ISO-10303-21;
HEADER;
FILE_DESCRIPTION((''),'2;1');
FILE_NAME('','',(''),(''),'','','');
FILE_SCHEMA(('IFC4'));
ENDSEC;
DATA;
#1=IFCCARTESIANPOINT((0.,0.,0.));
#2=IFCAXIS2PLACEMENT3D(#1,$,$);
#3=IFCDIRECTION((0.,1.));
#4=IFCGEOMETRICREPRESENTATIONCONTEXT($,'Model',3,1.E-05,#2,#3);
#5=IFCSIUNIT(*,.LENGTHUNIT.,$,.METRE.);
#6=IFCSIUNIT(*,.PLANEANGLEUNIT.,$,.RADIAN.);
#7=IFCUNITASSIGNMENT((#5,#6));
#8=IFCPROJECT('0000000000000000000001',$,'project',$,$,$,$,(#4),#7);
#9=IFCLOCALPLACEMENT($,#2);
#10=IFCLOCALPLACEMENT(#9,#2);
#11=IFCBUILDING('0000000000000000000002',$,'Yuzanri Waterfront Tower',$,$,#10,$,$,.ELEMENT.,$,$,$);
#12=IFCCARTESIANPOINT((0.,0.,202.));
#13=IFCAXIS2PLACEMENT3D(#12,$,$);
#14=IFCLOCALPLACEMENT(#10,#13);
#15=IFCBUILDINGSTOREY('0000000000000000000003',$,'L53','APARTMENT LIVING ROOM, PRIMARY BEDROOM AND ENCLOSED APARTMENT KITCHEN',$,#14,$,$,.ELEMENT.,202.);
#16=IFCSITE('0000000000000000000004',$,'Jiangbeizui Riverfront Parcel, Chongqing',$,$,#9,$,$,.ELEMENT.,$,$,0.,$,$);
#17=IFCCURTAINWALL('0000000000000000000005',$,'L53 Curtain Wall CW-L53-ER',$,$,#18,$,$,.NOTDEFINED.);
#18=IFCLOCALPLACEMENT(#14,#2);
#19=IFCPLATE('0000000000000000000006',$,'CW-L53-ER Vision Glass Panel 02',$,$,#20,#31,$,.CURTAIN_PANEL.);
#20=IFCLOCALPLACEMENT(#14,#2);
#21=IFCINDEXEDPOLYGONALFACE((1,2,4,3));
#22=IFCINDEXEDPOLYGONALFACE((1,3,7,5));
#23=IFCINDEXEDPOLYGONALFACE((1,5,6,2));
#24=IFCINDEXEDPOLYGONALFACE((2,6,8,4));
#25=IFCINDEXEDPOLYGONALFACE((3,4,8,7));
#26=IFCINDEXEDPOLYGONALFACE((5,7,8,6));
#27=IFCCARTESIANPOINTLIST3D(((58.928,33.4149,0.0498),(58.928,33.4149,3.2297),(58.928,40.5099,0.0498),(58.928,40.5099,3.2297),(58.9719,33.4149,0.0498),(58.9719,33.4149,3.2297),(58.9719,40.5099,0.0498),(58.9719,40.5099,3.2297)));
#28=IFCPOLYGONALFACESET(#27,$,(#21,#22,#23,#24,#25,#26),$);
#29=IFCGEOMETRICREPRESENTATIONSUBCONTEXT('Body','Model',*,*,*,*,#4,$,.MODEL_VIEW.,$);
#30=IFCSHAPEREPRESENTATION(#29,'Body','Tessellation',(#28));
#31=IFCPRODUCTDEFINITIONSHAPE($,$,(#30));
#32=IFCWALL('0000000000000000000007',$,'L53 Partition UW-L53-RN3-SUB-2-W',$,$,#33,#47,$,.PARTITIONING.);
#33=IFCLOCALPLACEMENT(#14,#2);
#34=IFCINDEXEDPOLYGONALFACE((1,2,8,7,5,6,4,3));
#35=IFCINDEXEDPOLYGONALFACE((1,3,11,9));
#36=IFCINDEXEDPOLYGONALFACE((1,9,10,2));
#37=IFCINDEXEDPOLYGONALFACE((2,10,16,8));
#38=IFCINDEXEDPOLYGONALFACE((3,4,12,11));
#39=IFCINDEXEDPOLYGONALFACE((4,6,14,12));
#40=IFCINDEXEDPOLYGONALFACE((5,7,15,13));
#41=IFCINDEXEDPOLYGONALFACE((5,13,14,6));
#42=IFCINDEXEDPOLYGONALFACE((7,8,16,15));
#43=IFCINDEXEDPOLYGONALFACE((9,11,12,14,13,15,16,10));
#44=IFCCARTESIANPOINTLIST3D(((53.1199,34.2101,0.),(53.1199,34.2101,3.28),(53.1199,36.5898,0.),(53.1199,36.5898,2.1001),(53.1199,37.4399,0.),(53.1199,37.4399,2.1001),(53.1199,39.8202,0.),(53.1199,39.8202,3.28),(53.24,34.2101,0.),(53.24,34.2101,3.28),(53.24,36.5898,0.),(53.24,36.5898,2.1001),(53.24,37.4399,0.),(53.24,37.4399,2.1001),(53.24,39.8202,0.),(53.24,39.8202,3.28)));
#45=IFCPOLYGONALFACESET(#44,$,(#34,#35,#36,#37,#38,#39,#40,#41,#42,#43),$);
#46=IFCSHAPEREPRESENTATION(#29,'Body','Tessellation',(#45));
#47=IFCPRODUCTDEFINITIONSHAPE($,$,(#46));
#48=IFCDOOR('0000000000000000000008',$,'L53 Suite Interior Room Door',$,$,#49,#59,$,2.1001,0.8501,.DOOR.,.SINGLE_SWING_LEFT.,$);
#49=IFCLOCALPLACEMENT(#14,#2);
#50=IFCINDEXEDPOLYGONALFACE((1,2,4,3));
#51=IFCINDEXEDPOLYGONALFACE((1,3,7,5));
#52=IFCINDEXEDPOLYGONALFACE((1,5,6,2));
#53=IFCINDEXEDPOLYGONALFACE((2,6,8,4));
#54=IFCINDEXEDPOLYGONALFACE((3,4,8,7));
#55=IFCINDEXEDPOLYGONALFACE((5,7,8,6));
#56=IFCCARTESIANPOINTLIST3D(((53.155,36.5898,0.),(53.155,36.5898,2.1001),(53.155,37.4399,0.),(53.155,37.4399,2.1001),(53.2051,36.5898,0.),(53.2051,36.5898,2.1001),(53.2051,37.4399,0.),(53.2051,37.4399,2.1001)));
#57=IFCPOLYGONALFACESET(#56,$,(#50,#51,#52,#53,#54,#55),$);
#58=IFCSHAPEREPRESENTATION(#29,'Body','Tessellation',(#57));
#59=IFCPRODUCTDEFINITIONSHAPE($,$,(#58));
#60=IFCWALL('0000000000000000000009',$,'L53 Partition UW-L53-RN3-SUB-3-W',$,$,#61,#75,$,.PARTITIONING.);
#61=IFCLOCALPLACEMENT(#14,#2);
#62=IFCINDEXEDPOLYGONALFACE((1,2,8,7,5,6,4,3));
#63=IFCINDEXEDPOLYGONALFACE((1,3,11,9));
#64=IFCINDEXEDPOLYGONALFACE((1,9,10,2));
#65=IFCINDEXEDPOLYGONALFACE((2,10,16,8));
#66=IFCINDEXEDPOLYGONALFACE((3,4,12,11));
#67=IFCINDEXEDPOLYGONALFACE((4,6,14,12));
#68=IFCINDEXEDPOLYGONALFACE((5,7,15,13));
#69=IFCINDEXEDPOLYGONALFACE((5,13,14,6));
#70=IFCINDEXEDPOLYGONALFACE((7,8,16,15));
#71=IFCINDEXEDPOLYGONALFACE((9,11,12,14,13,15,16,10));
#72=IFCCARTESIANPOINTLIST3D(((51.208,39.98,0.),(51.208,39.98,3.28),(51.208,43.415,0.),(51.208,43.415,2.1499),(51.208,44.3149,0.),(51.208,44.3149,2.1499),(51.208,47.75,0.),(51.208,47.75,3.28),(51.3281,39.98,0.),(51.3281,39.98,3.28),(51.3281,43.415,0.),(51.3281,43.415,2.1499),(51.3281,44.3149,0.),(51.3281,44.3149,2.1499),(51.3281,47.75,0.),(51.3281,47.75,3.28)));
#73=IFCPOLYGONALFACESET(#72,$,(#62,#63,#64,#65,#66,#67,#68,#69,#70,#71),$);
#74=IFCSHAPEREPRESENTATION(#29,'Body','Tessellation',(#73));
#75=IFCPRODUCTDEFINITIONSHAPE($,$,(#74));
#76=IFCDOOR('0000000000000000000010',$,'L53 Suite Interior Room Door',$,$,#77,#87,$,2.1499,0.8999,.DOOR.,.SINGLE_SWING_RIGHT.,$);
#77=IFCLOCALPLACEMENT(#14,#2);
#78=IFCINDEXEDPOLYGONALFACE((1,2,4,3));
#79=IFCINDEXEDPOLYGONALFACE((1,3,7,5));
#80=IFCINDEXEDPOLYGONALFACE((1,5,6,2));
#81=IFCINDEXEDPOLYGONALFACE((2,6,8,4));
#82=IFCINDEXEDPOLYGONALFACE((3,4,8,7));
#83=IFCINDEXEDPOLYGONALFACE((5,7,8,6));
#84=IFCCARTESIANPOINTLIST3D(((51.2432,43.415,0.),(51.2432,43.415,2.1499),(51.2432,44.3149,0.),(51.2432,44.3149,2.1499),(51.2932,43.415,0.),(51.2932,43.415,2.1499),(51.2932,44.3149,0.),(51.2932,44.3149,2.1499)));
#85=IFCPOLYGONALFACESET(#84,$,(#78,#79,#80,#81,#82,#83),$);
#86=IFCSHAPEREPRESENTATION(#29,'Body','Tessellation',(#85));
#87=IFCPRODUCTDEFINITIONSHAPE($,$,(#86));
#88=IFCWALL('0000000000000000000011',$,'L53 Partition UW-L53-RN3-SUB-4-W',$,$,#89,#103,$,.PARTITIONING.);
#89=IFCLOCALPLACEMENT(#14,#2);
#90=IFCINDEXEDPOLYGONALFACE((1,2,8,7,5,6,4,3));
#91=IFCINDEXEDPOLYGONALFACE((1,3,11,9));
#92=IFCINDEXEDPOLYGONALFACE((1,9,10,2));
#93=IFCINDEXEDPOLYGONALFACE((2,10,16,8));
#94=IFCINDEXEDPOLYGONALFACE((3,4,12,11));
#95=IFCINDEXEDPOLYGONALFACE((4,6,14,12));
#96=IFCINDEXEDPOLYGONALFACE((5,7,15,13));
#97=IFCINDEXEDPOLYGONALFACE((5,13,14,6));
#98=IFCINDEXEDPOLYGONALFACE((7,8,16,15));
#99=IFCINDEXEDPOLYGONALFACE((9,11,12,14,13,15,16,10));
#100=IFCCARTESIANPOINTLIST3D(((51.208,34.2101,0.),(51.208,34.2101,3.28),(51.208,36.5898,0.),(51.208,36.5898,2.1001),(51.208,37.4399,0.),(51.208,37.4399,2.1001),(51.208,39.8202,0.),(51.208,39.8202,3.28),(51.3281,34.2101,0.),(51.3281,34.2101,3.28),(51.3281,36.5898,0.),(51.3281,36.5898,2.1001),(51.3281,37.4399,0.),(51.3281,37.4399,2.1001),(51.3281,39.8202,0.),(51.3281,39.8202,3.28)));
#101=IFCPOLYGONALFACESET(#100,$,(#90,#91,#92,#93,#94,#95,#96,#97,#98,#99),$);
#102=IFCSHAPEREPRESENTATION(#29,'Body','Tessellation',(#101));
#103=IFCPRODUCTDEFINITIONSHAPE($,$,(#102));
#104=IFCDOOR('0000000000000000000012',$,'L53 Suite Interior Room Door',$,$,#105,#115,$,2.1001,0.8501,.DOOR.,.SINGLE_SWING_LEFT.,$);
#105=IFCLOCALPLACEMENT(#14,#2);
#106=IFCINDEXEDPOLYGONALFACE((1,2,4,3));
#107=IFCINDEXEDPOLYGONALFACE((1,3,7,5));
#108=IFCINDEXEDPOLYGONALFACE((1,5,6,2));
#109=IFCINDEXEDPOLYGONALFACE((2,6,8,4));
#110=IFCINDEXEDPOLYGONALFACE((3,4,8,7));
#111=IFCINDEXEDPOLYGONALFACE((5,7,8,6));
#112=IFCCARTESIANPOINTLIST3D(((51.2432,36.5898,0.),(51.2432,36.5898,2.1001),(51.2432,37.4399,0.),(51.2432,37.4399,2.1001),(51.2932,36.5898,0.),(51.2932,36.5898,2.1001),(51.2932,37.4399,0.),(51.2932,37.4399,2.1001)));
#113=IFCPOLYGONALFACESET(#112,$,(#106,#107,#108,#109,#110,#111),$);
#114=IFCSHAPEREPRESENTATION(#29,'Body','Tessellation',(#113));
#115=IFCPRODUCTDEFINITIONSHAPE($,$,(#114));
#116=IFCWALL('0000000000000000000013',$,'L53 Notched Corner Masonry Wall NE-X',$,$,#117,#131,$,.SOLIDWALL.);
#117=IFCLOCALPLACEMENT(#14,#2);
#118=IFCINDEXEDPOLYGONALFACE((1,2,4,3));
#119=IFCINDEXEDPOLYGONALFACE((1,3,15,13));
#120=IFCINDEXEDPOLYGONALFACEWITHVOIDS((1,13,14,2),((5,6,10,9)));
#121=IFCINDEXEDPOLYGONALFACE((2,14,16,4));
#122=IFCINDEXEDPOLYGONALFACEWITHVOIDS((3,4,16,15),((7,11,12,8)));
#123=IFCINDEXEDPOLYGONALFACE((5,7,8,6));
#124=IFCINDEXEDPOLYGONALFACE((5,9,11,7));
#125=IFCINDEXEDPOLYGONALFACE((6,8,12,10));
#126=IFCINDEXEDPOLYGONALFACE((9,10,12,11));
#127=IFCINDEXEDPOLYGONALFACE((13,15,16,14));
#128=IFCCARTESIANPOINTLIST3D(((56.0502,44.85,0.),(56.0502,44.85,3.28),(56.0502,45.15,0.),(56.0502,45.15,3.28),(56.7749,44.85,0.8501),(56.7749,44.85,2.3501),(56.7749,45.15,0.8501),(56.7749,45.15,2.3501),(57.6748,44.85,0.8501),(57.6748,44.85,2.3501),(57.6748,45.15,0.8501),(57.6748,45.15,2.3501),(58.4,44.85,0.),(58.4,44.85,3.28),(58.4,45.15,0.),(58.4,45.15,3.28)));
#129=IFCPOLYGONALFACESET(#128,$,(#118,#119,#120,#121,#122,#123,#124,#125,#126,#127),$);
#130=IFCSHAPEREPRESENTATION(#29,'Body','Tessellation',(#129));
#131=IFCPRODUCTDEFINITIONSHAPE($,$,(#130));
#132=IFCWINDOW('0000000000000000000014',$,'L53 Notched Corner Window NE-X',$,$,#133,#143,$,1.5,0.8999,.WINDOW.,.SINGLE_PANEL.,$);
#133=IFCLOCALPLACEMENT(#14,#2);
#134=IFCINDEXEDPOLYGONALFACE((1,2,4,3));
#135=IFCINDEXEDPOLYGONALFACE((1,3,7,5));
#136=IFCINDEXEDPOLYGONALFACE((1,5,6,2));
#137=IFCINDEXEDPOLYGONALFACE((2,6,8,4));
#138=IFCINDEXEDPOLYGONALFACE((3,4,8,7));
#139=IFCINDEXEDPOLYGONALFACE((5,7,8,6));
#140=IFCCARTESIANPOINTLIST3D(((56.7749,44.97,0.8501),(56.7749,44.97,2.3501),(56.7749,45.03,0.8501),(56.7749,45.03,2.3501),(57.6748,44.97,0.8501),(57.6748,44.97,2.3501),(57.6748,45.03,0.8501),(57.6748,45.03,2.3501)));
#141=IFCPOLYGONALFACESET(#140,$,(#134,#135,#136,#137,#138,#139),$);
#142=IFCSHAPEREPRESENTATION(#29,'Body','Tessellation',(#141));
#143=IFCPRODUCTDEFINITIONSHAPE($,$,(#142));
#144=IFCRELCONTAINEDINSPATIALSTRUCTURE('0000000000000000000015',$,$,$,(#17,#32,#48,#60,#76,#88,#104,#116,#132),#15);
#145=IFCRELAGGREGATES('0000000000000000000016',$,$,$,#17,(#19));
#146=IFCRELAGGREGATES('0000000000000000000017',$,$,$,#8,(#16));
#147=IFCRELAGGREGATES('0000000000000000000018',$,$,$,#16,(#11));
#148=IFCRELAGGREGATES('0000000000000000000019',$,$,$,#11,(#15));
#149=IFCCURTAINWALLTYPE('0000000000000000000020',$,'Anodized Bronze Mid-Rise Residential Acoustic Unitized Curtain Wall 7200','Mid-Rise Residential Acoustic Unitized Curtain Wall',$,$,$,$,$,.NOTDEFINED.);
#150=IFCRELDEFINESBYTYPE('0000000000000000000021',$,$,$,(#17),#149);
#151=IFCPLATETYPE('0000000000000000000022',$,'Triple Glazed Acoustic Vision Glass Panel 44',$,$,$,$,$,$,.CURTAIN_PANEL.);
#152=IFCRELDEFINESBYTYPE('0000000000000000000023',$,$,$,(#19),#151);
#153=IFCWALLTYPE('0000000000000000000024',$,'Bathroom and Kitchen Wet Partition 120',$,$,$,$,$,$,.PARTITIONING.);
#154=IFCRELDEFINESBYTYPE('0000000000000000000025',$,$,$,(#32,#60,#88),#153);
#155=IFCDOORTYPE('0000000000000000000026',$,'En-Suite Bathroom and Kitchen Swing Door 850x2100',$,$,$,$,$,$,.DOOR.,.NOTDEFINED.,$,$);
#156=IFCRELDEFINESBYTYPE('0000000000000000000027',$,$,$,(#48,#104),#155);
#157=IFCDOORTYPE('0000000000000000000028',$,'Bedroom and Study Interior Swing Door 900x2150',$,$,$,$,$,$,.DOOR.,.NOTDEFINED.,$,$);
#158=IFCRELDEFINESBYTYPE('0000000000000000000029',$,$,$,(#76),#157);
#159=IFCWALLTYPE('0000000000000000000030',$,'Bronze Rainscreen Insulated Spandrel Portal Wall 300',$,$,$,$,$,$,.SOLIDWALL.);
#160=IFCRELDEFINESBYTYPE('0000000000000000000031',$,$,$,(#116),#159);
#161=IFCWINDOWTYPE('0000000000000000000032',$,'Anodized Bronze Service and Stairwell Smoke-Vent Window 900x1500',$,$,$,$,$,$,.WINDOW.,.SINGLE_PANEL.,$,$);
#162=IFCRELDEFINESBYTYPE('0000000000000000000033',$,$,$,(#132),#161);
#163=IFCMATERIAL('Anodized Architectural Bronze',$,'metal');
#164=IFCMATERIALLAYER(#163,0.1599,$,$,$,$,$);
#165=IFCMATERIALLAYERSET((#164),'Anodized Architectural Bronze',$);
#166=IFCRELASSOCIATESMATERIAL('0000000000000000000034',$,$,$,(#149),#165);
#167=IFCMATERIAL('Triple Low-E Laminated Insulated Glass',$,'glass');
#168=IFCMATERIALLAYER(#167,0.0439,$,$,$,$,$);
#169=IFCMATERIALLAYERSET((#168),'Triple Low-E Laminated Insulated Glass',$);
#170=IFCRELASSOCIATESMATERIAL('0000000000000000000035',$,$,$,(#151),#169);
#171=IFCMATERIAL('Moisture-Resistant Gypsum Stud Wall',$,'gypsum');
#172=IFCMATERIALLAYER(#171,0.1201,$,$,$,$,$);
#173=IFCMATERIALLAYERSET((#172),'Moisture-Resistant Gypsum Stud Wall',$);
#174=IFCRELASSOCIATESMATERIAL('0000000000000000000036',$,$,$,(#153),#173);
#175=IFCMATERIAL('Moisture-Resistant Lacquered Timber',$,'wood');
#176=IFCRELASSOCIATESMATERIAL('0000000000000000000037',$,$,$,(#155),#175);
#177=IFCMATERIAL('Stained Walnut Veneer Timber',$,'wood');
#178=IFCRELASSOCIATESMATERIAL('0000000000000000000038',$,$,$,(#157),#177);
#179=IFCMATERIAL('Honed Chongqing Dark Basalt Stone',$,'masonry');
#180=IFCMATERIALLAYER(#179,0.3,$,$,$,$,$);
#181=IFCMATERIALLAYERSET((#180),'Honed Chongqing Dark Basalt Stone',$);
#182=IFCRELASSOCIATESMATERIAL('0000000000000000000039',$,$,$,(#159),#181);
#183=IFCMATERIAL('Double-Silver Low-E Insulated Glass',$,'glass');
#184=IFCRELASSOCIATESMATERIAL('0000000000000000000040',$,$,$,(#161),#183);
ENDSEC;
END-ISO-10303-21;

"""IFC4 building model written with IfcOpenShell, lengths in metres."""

from ifc_helpers import new_model, si_unit, direction, frame, frame_2d, origin, origin_2d, place, context, subcontext, project, spatial, rectangle, extrude, source, transform, mapped, material, layer, layer_set, type_object, element, fill, aggregate, save


model = new_model("IFC4")

# Units and contexts
model_context = context("Model", 3, precision=1e-05, world=origin(), true_north=direction((0.0, 1.0)))
body_context = subcontext(model_context, "Body", "Model", "MODEL_VIEW")
ifc_project = project(units=[si_unit("LENGTHUNIT", "METRE"), si_unit("PLANEANGLEUNIT", "RADIAN")], contexts=[model_context])

# Site, building, storey
site_placement = place(None, origin())
site = spatial("IfcSite", under=ifc_project, at=site_placement, Name="Jiangbeizui Riverfront Parcel, Chongqing", CompositionType="ELEMENT", RefElevation=0.0)
building_placement = place(site_placement, origin())
building = spatial("IfcBuilding", under=site, at=building_placement, Name="Yuzanri Waterfront Tower", CompositionType="ELEMENT")
storey_placement = place(building_placement, frame((0.0, 0.0, 202.0)))
storey = spatial("IfcBuildingStorey", under=building, at=storey_placement, Name="L53", Description="APARTMENT LIVING ROOM, PRIMARY BEDROOM AND ENCLOSED APARTMENT KITCHEN", CompositionType="ELEMENT", Elevation=202.0)

# Curtain wall
ifc_material_1 = material(Name="Anodized Architectural Bronze", Category="metal")
ifc_layer_1 = layer(ifc_material_1, 0.1599)
ifc_layer_set_1 = layer_set([ifc_layer_1], Name="Anodized Architectural Bronze")
curtain_wall_type = type_object("IfcCurtainWallType", Name="Anodized Bronze Mid-Rise Residential Acoustic Unitized Curtain Wall 7200", Description="Mid-Rise Residential Acoustic Unitized Curtain Wall", PredefinedType="NOTDEFINED", material=ifc_layer_set_1)
curtain_wall_1_placement = place(storey_placement, origin())
curtain_wall_1 = element("IfcCurtainWall", 1, at=curtain_wall_1_placement, inside=storey, type_object=curtain_wall_type, Name="L53 Curtain Wall CW-L53-ER", PredefinedType="NOTDEFINED")

# Plate
ifc_material_2 = material(Name="Triple Low-E Laminated Insulated Glass", Category="glass")
ifc_layer_2 = layer(ifc_material_2, 0.0439)
ifc_layer_set_2 = layer_set([ifc_layer_2], Name="Triple Low-E Laminated Insulated Glass")
plate_type_1 = type_object("IfcPlateType", Name="Triple Glazed Acoustic Vision Glass Panel 44", PredefinedType="CURTAIN_PANEL", material=ifc_layer_set_2)
shared_shape_1 = source(origin(), body_context, "Body", "SweptSolid", [
    extrude(rectangle(XDim=7.095, YDim=0.0439, at=origin_2d()), origin(), (0.0, 0.0, 1.0), 3.1799),
])
plate_placement = place(storey_placement, frame((58.95, 36.9624, 0.0498), z_axis=(0.0, 0.0, 1.0), x_axis=(0.0, 1.0, 0.0)))
plate = element("IfcPlate", 2, at=plate_placement, type_object=plate_type_1, Name="CW-L53-ER Vision Glass Panel 02", PredefinedType="CURTAIN_PANEL", context=body_context, shape_type="MappedRepresentation", body=[
    mapped(shared_shape_1, transform((0.0, 0.0, 0.0), scale=1.0)),
])
aggregate(curtain_wall_1, [plate])

# Walls, openings, doors
ifc_material_3 = material(Name="Moisture-Resistant Gypsum Stud Wall", Category="gypsum")
ifc_layer_3 = layer(ifc_material_3, 0.1201)
ifc_layer_set_3 = layer_set([ifc_layer_3], Name="Moisture-Resistant Gypsum Stud Wall")
wall_type_1 = type_object("IfcWallType", Name="Bathroom and Kitchen Wet Partition 120", PredefinedType="PARTITIONING", material=ifc_layer_set_3)
wall_1_placement = place(storey_placement, frame((53.1799, 34.21, 0.0), z_axis=(0.0, 0.0, 1.0), x_axis=(0.0, 1.0, 0.0)))
wall_1 = element("IfcWall", 3, at=wall_1_placement, inside=storey, type_object=wall_type_1, Name="L53 Partition UW-L53-RN3-SUB-2-W", PredefinedType="PARTITIONING", context=body_context, shape_type="SweptSolid", body=[
    extrude(rectangle(XDim=5.6101, YDim=0.1201, at=frame_2d((2.8052, 0.0))), origin(), (0.0, 0.0, 1.0), 3.28),
])
opening_1_placement = place(wall_1_placement, frame((2.3799, 0.0, 0.0)))
opening_1 = element("IfcOpeningElement", 4, at=opening_1_placement, cuts=wall_1, PredefinedType="OPENING", context=body_context, shape_type="SweptSolid", body=[
    extrude(rectangle(XDim=0.8501, YDim=2.1001, at=frame_2d((0.425, 1.05))), frame((0.0, 0.075, 0.0), z_axis=(0.0, -1.0, 0.0), x_axis=(1.0, 0.0, 0.0)), (0.0, 0.0, 1.0), 0.1499),
])
ifc_material_4 = material(Name="Moisture-Resistant Lacquered Timber", Category="wood")
door_type_1 = type_object("IfcDoorType", Name="En-Suite Bathroom and Kitchen Swing Door 850x2100", OperationType="NOTDEFINED", PredefinedType="DOOR", material=ifc_material_4)
shared_shape_2 = source(origin(), body_context, "Body", "SweptSolid", [
    extrude(rectangle(XDim=0.8501, YDim=2.1001, at=frame_2d((0.425, 1.05))), frame((0.0, 0.0249, 0.0), z_axis=(0.0, -1.0, 0.0), x_axis=(1.0, 0.0, 0.0)), (0.0, 0.0, 1.0), 0.05),
])
door_1_placement = place(opening_1_placement, origin())
door_1 = element("IfcDoor", 5, at=door_1_placement, inside=storey, type_object=door_type_1, Name="L53 Suite Interior Room Door", OperationType="SINGLE_SWING_LEFT", OverallHeight=2.1001, OverallWidth=0.8501, PredefinedType="DOOR", context=body_context, shape_type="MappedRepresentation", body=[
    mapped(shared_shape_2, transform((0.0, 0.0, 0.0), scale=1.0)),
])
fill(opening_1, door_1)
wall_2_placement = place(storey_placement, frame((51.2681, 39.98, 0.0), z_axis=(0.0, 0.0, 1.0), x_axis=(0.0, 1.0, 0.0)))
wall_2 = element("IfcWall", 6, at=wall_2_placement, inside=storey, type_object=wall_type_1, Name="L53 Partition UW-L53-RN3-SUB-3-W", PredefinedType="PARTITIONING", context=body_context, shape_type="SweptSolid", body=[
    extrude(rectangle(XDim=7.77, YDim=0.1201, at=frame_2d((3.885, 0.0))), origin(), (0.0, 0.0, 1.0), 3.28),
])
opening_2_placement = place(wall_2_placement, frame((3.4351, 0.0, 0.0)))
opening_2 = element("IfcOpeningElement", 7, at=opening_2_placement, cuts=wall_2, PredefinedType="OPENING", context=body_context, shape_type="SweptSolid", body=[
    extrude(rectangle(XDim=0.8999, YDim=2.1499, at=frame_2d((0.45, 1.075))), frame((0.0, 0.075, 0.0), z_axis=(0.0, -1.0, 0.0), x_axis=(1.0, 0.0, 0.0)), (0.0, 0.0, 1.0), 0.1499),
])
ifc_material_5 = material(Name="Stained Walnut Veneer Timber", Category="wood")
door_type_2 = type_object("IfcDoorType", Name="Bedroom and Study Interior Swing Door 900x2150", OperationType="NOTDEFINED", PredefinedType="DOOR", material=ifc_material_5)
shared_shape_3 = source(origin(), body_context, "Body", "SweptSolid", [
    extrude(rectangle(XDim=0.8999, YDim=2.1499, at=frame_2d((0.45, 1.075))), frame((0.0, 0.0249, 0.0), z_axis=(0.0, -1.0, 0.0), x_axis=(1.0, 0.0, 0.0)), (0.0, 0.0, 1.0), 0.05),
])
door_2_placement = place(opening_2_placement, origin())
door_2 = element("IfcDoor", 8, at=door_2_placement, inside=storey, type_object=door_type_2, Name="L53 Suite Interior Room Door", OperationType="SINGLE_SWING_RIGHT", OverallHeight=2.1499, OverallWidth=0.8999, PredefinedType="DOOR", context=body_context, shape_type="MappedRepresentation", body=[
    mapped(shared_shape_3, transform((0.0, 0.0, 0.0), scale=1.0)),
])
fill(opening_2, door_2)
wall_3_placement = place(storey_placement, frame((51.2681, 34.21, 0.0), z_axis=(0.0, 0.0, 1.0), x_axis=(0.0, 1.0, 0.0)))
wall_3 = element("IfcWall", 9, at=wall_3_placement, inside=storey, type_object=wall_type_1, Name="L53 Partition UW-L53-RN3-SUB-4-W", PredefinedType="PARTITIONING", context=body_context, shape_type="SweptSolid", body=[
    extrude(rectangle(XDim=5.6101, YDim=0.1201, at=frame_2d((2.8052, 0.0))), origin(), (0.0, 0.0, 1.0), 3.28),
])
opening_3_placement = place(wall_3_placement, frame((2.3799, 0.0, 0.0)))
opening_3 = element("IfcOpeningElement", 10, at=opening_3_placement, cuts=wall_3, PredefinedType="OPENING", context=body_context, shape_type="SweptSolid", body=[
    extrude(rectangle(XDim=0.8501, YDim=2.1001, at=frame_2d((0.425, 1.05))), frame((0.0, 0.075, 0.0), z_axis=(0.0, -1.0, 0.0), x_axis=(1.0, 0.0, 0.0)), (0.0, 0.0, 1.0), 0.1499),
])
door_3_placement = place(opening_3_placement, origin())
door_3 = element("IfcDoor", 11, at=door_3_placement, inside=storey, type_object=door_type_1, Name="L53 Suite Interior Room Door", OperationType="SINGLE_SWING_LEFT", OverallHeight=2.1001, OverallWidth=0.8501, PredefinedType="DOOR", context=body_context, shape_type="MappedRepresentation", body=[
    mapped(shared_shape_2, transform((0.0, 0.0, 0.0), scale=1.0)),
])
fill(opening_3, door_3)

# Wall, opening, window
ifc_material_6 = material(Name="Honed Chongqing Dark Basalt Stone", Category="masonry")
ifc_layer_4 = layer(ifc_material_6, 0.3)
ifc_layer_set_4 = layer_set([ifc_layer_4], Name="Honed Chongqing Dark Basalt Stone")
wall_type_2 = type_object("IfcWallType", Name="Bronze Rainscreen Insulated Spandrel Portal Wall 300", PredefinedType="SOLIDWALL", material=ifc_layer_set_4)
wall_4_placement = place(storey_placement, frame((58.3999, 45.0, 0.0), z_axis=(0.0, 0.0, 1.0), x_axis=(-1.0, 0.0, 0.0)))
wall_4 = element("IfcWall", 12, at=wall_4_placement, inside=storey, type_object=wall_type_2, Name="L53 Notched Corner Masonry Wall NE-X", PredefinedType="SOLIDWALL", context=body_context, shape_type="SweptSolid", body=[
    extrude(rectangle(XDim=2.3499, YDim=0.3, at=frame_2d((1.1748, 0.0))), origin(), (0.0, 0.0, 1.0), 3.28),
])
opening_4_placement = place(wall_4_placement, frame((0.7251, 0.0, 0.8501)))
opening_4 = element("IfcOpeningElement", 13, at=opening_4_placement, cuts=wall_4, PredefinedType="OPENING", context=body_context, shape_type="SweptSolid", body=[
    extrude(rectangle(XDim=0.8999, YDim=1.5, at=frame_2d((0.45, 0.75))), frame((0.0, 0.165, 0.0), z_axis=(0.0, -1.0, 0.0), x_axis=(1.0, 0.0, 0.0)), (0.0, 0.0, 1.0), 0.3298),
])
ifc_material_7 = material(Name="Double-Silver Low-E Insulated Glass", Category="glass")
window_type_1 = type_object("IfcWindowType", Name="Anodized Bronze Service and Stairwell Smoke-Vent Window 900x1500", PartitioningType="SINGLE_PANEL", PredefinedType="WINDOW", material=ifc_material_7)
shared_shape_4 = source(origin(), body_context, "Body", "SweptSolid", [
    extrude(rectangle(XDim=0.8999, YDim=1.5, at=frame_2d((0.45, 0.75))), frame((0.0, 0.03, 0.0), z_axis=(0.0, -1.0, 0.0), x_axis=(1.0, 0.0, 0.0)), (0.0, 0.0, 1.0), 0.0601),
])
window_1_placement = place(opening_4_placement, origin())
window_1 = element("IfcWindow", 14, at=window_1_placement, inside=storey, type_object=window_type_1, Name="L53 Notched Corner Window NE-X", OverallHeight=1.5, OverallWidth=0.8999, PartitioningType="SINGLE_PANEL", PredefinedType="WINDOW", context=body_context, shape_type="MappedRepresentation", body=[
    mapped(shared_shape_4, transform((0.0, 0.0, 0.0), scale=1.0)),
])
fill(opening_4, window_1)

save(model, "model.ifc")
